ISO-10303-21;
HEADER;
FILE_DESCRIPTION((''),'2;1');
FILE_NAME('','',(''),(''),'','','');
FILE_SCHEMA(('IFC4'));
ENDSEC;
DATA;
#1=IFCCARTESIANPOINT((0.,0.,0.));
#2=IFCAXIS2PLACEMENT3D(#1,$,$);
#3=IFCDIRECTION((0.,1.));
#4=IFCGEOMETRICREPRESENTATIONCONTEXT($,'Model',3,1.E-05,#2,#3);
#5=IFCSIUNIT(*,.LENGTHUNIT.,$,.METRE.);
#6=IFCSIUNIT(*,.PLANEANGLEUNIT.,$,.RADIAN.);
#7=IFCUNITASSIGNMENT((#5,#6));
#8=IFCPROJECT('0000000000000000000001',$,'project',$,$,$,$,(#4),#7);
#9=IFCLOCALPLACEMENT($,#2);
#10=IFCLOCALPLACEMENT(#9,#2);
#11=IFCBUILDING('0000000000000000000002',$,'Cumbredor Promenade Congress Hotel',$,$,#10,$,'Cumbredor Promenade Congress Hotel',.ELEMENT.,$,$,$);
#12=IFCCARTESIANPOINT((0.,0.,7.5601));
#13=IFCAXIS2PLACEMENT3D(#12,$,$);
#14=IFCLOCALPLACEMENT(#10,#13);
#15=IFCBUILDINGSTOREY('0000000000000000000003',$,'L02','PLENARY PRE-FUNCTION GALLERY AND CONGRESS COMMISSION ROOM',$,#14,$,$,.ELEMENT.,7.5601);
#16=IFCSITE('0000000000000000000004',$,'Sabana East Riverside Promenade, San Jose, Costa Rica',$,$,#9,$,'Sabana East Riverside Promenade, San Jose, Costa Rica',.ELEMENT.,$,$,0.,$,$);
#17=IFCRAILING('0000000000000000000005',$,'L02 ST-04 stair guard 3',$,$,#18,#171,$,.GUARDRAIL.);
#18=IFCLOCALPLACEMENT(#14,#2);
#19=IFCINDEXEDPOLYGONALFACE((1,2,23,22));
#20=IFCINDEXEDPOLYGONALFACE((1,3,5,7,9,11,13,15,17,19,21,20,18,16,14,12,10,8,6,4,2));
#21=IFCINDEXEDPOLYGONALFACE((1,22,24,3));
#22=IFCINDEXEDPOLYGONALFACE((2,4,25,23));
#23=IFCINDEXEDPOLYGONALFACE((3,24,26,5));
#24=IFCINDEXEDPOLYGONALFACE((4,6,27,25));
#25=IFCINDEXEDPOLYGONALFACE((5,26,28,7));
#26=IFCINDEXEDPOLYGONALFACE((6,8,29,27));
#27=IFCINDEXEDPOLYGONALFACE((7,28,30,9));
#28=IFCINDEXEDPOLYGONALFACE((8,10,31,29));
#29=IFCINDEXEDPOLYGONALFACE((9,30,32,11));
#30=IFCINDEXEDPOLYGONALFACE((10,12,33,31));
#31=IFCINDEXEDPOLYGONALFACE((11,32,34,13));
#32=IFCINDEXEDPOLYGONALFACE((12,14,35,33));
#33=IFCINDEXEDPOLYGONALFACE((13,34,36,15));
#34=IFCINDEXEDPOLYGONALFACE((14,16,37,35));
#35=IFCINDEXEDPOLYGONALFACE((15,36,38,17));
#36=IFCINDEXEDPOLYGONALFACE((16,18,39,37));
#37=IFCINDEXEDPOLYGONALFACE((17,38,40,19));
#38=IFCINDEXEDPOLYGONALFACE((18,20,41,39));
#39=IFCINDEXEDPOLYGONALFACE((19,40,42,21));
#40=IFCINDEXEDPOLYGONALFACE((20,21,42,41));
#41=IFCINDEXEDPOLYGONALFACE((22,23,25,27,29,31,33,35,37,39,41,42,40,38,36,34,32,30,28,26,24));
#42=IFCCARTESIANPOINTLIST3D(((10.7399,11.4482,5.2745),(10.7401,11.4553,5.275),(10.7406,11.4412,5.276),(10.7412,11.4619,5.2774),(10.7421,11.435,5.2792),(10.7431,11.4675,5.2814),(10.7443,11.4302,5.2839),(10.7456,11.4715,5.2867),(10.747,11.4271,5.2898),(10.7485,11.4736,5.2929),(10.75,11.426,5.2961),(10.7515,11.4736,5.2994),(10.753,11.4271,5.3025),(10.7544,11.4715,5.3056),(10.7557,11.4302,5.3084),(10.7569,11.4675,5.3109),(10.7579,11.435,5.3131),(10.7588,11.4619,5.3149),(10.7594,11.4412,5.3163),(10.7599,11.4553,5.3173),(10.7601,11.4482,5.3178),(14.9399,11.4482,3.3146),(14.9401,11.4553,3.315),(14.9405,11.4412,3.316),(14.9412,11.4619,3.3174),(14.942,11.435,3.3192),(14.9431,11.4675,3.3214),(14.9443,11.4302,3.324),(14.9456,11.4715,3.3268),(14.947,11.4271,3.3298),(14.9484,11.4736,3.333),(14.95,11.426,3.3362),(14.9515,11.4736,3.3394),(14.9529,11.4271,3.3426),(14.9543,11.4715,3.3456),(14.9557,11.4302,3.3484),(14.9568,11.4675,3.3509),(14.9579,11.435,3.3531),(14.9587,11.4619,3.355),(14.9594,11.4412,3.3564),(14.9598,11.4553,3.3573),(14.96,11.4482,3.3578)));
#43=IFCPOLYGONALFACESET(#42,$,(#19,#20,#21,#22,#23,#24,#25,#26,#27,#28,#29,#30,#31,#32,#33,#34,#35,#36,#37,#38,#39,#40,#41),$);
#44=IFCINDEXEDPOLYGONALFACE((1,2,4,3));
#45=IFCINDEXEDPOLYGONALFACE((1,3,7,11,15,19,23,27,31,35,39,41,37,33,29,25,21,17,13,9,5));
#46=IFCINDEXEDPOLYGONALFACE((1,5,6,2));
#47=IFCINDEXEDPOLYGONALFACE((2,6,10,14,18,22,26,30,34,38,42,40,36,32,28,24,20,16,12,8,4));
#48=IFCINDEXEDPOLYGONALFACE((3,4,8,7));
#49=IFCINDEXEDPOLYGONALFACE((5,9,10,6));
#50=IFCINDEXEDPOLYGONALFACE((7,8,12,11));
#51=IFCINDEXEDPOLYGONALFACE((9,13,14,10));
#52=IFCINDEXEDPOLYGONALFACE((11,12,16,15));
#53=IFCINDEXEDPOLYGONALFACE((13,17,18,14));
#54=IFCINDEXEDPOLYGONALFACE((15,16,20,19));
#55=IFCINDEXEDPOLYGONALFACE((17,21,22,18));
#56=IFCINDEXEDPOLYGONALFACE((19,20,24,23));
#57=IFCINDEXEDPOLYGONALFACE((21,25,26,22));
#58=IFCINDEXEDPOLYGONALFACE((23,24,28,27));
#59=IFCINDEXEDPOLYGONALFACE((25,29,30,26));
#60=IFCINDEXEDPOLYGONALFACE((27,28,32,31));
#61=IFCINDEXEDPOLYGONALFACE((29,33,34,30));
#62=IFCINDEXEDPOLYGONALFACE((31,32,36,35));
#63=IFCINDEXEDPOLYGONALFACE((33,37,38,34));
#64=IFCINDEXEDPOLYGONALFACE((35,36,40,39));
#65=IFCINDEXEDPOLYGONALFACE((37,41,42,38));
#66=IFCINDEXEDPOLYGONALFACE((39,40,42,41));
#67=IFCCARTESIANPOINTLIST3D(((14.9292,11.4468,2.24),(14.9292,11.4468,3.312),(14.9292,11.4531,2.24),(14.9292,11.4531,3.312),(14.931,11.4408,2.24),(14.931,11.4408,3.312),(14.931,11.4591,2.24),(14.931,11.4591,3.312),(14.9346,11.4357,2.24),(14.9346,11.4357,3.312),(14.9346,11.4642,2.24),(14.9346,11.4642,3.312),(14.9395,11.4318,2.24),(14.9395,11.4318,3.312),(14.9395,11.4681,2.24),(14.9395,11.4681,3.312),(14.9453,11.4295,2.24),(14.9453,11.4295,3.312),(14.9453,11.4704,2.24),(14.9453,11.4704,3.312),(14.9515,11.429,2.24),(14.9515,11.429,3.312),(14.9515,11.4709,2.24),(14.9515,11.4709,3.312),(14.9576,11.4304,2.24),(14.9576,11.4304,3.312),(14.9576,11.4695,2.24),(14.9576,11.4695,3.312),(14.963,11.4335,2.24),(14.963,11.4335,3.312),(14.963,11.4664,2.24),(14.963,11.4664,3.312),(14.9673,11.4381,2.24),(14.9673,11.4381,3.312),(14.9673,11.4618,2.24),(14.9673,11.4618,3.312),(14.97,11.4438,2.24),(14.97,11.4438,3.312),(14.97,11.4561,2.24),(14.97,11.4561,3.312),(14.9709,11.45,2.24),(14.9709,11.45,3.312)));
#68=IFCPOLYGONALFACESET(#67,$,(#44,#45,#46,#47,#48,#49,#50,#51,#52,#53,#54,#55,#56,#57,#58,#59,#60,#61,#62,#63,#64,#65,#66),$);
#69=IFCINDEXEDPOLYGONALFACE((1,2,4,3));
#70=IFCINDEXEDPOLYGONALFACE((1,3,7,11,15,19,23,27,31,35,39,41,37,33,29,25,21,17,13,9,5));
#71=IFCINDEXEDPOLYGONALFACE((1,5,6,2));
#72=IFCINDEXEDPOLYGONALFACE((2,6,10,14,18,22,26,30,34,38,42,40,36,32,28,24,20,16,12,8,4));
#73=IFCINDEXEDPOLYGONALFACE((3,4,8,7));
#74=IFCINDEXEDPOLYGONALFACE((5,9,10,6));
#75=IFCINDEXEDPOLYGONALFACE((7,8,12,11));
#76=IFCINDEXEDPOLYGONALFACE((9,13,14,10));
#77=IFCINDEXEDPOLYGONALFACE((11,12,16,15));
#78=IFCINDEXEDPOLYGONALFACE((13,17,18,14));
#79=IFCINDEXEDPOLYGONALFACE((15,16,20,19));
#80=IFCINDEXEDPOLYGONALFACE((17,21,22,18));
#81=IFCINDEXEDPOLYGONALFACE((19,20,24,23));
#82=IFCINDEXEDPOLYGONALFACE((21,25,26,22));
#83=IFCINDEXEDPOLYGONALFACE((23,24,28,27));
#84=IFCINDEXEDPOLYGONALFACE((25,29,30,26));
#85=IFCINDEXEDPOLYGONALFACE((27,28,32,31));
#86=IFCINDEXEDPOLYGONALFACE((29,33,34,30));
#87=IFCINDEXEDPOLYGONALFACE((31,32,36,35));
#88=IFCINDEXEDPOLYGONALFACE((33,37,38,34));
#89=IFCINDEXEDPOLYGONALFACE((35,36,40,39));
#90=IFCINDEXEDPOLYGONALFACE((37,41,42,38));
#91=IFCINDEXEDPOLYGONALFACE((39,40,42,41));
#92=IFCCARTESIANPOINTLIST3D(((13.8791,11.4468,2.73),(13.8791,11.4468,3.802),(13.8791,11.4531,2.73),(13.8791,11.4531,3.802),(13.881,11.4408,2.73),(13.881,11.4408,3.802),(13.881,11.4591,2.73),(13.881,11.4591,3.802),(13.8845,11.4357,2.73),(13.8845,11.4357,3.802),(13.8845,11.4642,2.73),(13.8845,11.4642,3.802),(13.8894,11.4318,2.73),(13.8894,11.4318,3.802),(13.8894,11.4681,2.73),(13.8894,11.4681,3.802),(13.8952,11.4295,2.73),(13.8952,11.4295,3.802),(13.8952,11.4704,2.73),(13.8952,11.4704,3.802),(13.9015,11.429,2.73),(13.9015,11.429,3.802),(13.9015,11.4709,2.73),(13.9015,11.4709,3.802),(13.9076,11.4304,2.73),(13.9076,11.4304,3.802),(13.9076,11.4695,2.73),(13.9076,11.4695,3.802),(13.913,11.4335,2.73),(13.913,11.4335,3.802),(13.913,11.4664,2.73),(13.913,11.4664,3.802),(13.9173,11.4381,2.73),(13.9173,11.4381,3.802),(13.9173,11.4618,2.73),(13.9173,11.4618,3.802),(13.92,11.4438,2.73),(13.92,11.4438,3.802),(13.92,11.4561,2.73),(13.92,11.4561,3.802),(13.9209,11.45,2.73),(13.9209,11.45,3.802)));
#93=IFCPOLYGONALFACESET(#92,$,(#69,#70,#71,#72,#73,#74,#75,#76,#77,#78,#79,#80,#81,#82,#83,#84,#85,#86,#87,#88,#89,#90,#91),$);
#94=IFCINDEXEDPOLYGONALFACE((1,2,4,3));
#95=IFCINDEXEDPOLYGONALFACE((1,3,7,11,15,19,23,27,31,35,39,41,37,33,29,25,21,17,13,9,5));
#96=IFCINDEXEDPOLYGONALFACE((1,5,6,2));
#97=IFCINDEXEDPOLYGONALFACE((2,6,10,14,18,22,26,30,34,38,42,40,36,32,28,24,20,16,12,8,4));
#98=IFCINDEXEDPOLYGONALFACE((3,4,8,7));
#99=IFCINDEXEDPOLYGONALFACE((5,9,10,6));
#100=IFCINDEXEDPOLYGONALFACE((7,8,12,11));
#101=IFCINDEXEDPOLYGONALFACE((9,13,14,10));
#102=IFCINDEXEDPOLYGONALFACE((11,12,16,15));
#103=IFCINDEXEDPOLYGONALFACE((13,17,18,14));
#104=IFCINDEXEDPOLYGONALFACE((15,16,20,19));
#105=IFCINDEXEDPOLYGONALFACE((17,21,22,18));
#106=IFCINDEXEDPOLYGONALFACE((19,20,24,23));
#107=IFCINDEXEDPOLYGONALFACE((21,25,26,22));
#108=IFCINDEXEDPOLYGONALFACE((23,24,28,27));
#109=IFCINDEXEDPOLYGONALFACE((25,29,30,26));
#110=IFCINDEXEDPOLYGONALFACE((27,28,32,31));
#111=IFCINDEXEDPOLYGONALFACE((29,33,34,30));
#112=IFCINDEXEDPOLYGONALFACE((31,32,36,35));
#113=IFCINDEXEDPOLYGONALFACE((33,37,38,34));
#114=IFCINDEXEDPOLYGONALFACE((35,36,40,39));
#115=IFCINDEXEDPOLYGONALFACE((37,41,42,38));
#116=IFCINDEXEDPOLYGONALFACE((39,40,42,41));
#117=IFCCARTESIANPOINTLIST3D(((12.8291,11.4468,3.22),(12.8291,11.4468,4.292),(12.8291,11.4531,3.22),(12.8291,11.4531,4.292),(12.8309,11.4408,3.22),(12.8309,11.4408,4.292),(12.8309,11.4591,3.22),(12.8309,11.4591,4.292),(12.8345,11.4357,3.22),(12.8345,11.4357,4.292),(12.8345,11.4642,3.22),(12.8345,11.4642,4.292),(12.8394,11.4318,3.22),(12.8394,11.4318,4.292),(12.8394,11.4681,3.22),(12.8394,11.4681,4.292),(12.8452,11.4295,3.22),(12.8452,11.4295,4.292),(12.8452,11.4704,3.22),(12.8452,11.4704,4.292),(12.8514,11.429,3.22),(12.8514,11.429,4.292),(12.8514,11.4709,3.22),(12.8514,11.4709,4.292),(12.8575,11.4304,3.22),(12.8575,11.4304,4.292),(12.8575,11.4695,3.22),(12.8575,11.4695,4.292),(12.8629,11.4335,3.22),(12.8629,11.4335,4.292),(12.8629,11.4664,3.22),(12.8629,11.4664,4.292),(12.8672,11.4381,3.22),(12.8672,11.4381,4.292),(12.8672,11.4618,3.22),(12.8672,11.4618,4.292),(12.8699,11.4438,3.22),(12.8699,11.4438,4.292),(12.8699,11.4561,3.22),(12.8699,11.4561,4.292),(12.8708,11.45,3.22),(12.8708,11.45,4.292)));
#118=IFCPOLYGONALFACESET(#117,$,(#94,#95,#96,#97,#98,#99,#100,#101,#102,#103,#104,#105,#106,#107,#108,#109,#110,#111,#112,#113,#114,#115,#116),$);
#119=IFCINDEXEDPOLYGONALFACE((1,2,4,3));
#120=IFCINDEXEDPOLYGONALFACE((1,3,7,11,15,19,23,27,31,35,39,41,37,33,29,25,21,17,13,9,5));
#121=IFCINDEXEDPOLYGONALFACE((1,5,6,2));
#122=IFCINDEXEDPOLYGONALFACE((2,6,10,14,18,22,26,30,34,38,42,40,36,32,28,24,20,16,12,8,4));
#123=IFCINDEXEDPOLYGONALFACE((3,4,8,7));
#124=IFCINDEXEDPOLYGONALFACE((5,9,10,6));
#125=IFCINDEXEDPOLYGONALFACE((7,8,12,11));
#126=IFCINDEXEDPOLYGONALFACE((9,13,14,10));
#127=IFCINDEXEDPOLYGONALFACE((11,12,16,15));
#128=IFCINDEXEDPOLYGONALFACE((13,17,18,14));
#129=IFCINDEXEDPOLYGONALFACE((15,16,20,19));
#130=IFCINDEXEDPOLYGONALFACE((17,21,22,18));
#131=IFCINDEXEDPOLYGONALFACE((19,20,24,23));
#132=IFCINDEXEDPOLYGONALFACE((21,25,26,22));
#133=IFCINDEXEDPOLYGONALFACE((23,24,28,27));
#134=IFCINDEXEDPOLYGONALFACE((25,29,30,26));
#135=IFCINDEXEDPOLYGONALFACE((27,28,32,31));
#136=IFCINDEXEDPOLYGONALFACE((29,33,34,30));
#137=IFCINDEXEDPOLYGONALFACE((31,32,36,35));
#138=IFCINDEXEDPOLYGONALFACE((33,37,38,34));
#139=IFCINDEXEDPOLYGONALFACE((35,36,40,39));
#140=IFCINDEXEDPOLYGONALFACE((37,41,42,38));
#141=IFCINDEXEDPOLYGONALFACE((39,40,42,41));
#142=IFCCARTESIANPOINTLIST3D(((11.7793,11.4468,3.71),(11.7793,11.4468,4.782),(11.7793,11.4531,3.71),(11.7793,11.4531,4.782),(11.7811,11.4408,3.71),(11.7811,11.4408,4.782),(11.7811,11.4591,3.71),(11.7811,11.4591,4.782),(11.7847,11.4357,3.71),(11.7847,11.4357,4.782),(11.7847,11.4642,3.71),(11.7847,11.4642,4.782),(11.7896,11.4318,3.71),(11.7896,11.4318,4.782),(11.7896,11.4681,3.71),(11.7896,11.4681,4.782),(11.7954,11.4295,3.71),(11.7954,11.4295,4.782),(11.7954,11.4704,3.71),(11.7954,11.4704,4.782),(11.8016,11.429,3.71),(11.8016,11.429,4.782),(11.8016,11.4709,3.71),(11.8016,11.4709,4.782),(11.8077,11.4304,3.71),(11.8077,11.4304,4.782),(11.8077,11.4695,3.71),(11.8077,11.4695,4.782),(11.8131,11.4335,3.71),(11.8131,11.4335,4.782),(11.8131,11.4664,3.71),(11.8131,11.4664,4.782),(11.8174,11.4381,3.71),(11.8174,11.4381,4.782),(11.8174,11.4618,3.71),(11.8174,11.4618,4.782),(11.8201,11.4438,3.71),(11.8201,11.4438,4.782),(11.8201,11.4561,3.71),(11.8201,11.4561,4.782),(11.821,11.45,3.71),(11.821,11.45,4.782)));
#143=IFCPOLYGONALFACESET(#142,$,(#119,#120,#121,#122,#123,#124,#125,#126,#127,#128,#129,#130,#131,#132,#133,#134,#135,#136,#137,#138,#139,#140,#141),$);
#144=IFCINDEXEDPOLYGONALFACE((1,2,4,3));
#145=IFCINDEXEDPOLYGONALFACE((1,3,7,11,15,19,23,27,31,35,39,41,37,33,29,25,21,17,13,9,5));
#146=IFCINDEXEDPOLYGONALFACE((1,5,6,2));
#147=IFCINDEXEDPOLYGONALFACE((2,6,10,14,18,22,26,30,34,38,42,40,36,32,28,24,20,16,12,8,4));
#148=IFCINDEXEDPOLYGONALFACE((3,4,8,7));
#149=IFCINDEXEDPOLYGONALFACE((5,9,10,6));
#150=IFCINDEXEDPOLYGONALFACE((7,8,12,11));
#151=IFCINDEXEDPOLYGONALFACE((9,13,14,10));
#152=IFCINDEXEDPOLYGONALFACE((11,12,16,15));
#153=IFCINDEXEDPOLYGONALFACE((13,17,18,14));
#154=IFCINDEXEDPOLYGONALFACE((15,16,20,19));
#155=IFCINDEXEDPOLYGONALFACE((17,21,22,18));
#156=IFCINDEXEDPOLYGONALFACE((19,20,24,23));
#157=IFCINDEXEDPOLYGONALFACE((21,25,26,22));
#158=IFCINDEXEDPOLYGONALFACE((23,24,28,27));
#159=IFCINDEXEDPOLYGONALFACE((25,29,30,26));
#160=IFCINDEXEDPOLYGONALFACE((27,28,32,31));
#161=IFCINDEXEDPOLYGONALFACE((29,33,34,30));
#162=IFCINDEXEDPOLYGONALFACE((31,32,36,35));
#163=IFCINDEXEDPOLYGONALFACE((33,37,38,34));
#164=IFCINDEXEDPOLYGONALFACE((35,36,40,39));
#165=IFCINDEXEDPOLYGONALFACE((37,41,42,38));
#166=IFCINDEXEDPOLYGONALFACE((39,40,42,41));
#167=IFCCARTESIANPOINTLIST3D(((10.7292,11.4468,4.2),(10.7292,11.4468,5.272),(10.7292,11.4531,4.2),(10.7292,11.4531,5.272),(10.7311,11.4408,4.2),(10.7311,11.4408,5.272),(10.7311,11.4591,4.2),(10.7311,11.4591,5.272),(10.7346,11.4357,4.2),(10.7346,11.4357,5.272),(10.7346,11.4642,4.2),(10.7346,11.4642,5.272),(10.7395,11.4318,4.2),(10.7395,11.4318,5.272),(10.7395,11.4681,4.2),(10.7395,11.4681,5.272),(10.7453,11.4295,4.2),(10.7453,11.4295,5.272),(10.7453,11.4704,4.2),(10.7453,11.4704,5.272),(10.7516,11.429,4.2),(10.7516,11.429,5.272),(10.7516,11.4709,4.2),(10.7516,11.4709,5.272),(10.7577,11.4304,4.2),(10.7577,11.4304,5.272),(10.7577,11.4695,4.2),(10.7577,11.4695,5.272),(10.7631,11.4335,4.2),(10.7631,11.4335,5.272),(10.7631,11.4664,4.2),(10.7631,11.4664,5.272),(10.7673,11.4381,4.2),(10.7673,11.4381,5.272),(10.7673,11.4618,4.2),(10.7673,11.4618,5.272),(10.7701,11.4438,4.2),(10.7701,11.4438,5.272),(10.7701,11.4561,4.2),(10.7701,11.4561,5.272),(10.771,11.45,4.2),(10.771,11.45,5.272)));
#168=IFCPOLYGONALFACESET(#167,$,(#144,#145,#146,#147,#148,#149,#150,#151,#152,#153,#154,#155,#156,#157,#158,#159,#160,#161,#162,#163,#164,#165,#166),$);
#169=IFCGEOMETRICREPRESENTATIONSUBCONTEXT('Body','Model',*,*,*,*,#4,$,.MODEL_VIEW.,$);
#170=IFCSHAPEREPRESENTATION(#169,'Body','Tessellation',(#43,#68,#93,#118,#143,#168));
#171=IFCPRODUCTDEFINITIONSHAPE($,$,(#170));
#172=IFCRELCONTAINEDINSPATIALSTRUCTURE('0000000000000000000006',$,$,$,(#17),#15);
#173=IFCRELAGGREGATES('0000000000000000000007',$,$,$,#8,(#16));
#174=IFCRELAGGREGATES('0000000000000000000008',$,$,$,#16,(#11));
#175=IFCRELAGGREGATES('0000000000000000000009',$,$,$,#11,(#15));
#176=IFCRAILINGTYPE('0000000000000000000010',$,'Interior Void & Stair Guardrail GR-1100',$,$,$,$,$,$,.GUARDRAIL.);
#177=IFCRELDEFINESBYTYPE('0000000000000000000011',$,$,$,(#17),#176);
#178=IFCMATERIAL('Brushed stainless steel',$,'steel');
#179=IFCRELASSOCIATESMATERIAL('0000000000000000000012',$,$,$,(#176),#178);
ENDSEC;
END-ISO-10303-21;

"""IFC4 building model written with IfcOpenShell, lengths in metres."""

from ifc_helpers import new_model, si_unit, direction, frame, origin, origin_2d, place, context, subcontext, project, spatial, circle, extrude, material, type_object, element, save


model = new_model("IFC4")

# Units and contexts
model_context = context("Model", 3, precision=1e-05, world=origin(), true_north=direction((0.0, 1.0)))
body_context = subcontext(model_context, "Body", "Model", "MODEL_VIEW")
ifc_project = project(units=[si_unit("LENGTHUNIT", "METRE"), si_unit("PLANEANGLEUNIT", "RADIAN")], contexts=[model_context])

# Site, building, storey
site_placement = place(None, origin())
site = spatial("IfcSite", under=ifc_project, at=site_placement, Name="Sabana East Riverside Promenade, San Jose, Costa Rica", LongName="Sabana East Riverside Promenade, San Jose, Costa Rica", CompositionType="ELEMENT", RefElevation=0.0)
building_placement = place(site_placement, origin())
building = spatial("IfcBuilding", under=site, at=building_placement, Name="Cumbredor Promenade Congress Hotel", LongName="Cumbredor Promenade Congress Hotel", CompositionType="ELEMENT")
storey_placement = place(building_placement, frame((0.0, 0.0, 7.5601)))
storey = spatial("IfcBuildingStorey", under=building, at=storey_placement, Name="L02", Description="PLENARY PRE-FUNCTION GALLERY AND CONGRESS COMMISSION ROOM", CompositionType="ELEMENT", Elevation=7.5601)

# Shared definitions
ifc_material_1 = material(Name="Brushed stainless steel", Category="steel")

# Railing
railing_type_1 = type_object("IfcRailingType", Name="Interior Void & Stair Guardrail GR-1100", PredefinedType="GUARDRAIL", material=ifc_material_1)
railing_1_placement = place(storey_placement, frame((14.95, 11.45, 2.24)))
element("IfcRailing", 1, at=railing_1_placement, inside=storey, type_object=railing_type_1, Name="L02 ST-04 stair guard 3", PredefinedType="GUARDRAIL", context=body_context, shape_type="SweptSolid", body=[
    extrude(circle(Radius=0.0239, at=origin_2d()), frame((0.0, 0.0, 1.0962), z_axis=(-0.906184, 0.0, 0.422883), x_axis=(0.0, -1.0, 0.0)), (0.0, 0.0, 1.0), 4.6348),
    extrude(circle(Radius=0.021, at=origin_2d()), origin(), (0.0, 0.0, 1.0), 1.072),
    extrude(circle(Radius=0.021, at=origin_2d()), frame((-1.05, 0.0, 0.49)), (0.0, 0.0, 1.0), 1.072),
    extrude(circle(Radius=0.021, at=origin_2d()), frame((-2.1001, 0.0, 0.98)), (0.0, 0.0, 1.0), 1.072),
    extrude(circle(Radius=0.021, at=origin_2d()), frame((-3.1499, 0.0, 1.47)), (0.0, 0.0, 1.0), 1.072),
    extrude(circle(Radius=0.021, at=origin_2d()), frame((-4.2, 0.0, 1.96)), (0.0, 0.0, 1.0), 1.072),
])

save(model, "model.ifc")
